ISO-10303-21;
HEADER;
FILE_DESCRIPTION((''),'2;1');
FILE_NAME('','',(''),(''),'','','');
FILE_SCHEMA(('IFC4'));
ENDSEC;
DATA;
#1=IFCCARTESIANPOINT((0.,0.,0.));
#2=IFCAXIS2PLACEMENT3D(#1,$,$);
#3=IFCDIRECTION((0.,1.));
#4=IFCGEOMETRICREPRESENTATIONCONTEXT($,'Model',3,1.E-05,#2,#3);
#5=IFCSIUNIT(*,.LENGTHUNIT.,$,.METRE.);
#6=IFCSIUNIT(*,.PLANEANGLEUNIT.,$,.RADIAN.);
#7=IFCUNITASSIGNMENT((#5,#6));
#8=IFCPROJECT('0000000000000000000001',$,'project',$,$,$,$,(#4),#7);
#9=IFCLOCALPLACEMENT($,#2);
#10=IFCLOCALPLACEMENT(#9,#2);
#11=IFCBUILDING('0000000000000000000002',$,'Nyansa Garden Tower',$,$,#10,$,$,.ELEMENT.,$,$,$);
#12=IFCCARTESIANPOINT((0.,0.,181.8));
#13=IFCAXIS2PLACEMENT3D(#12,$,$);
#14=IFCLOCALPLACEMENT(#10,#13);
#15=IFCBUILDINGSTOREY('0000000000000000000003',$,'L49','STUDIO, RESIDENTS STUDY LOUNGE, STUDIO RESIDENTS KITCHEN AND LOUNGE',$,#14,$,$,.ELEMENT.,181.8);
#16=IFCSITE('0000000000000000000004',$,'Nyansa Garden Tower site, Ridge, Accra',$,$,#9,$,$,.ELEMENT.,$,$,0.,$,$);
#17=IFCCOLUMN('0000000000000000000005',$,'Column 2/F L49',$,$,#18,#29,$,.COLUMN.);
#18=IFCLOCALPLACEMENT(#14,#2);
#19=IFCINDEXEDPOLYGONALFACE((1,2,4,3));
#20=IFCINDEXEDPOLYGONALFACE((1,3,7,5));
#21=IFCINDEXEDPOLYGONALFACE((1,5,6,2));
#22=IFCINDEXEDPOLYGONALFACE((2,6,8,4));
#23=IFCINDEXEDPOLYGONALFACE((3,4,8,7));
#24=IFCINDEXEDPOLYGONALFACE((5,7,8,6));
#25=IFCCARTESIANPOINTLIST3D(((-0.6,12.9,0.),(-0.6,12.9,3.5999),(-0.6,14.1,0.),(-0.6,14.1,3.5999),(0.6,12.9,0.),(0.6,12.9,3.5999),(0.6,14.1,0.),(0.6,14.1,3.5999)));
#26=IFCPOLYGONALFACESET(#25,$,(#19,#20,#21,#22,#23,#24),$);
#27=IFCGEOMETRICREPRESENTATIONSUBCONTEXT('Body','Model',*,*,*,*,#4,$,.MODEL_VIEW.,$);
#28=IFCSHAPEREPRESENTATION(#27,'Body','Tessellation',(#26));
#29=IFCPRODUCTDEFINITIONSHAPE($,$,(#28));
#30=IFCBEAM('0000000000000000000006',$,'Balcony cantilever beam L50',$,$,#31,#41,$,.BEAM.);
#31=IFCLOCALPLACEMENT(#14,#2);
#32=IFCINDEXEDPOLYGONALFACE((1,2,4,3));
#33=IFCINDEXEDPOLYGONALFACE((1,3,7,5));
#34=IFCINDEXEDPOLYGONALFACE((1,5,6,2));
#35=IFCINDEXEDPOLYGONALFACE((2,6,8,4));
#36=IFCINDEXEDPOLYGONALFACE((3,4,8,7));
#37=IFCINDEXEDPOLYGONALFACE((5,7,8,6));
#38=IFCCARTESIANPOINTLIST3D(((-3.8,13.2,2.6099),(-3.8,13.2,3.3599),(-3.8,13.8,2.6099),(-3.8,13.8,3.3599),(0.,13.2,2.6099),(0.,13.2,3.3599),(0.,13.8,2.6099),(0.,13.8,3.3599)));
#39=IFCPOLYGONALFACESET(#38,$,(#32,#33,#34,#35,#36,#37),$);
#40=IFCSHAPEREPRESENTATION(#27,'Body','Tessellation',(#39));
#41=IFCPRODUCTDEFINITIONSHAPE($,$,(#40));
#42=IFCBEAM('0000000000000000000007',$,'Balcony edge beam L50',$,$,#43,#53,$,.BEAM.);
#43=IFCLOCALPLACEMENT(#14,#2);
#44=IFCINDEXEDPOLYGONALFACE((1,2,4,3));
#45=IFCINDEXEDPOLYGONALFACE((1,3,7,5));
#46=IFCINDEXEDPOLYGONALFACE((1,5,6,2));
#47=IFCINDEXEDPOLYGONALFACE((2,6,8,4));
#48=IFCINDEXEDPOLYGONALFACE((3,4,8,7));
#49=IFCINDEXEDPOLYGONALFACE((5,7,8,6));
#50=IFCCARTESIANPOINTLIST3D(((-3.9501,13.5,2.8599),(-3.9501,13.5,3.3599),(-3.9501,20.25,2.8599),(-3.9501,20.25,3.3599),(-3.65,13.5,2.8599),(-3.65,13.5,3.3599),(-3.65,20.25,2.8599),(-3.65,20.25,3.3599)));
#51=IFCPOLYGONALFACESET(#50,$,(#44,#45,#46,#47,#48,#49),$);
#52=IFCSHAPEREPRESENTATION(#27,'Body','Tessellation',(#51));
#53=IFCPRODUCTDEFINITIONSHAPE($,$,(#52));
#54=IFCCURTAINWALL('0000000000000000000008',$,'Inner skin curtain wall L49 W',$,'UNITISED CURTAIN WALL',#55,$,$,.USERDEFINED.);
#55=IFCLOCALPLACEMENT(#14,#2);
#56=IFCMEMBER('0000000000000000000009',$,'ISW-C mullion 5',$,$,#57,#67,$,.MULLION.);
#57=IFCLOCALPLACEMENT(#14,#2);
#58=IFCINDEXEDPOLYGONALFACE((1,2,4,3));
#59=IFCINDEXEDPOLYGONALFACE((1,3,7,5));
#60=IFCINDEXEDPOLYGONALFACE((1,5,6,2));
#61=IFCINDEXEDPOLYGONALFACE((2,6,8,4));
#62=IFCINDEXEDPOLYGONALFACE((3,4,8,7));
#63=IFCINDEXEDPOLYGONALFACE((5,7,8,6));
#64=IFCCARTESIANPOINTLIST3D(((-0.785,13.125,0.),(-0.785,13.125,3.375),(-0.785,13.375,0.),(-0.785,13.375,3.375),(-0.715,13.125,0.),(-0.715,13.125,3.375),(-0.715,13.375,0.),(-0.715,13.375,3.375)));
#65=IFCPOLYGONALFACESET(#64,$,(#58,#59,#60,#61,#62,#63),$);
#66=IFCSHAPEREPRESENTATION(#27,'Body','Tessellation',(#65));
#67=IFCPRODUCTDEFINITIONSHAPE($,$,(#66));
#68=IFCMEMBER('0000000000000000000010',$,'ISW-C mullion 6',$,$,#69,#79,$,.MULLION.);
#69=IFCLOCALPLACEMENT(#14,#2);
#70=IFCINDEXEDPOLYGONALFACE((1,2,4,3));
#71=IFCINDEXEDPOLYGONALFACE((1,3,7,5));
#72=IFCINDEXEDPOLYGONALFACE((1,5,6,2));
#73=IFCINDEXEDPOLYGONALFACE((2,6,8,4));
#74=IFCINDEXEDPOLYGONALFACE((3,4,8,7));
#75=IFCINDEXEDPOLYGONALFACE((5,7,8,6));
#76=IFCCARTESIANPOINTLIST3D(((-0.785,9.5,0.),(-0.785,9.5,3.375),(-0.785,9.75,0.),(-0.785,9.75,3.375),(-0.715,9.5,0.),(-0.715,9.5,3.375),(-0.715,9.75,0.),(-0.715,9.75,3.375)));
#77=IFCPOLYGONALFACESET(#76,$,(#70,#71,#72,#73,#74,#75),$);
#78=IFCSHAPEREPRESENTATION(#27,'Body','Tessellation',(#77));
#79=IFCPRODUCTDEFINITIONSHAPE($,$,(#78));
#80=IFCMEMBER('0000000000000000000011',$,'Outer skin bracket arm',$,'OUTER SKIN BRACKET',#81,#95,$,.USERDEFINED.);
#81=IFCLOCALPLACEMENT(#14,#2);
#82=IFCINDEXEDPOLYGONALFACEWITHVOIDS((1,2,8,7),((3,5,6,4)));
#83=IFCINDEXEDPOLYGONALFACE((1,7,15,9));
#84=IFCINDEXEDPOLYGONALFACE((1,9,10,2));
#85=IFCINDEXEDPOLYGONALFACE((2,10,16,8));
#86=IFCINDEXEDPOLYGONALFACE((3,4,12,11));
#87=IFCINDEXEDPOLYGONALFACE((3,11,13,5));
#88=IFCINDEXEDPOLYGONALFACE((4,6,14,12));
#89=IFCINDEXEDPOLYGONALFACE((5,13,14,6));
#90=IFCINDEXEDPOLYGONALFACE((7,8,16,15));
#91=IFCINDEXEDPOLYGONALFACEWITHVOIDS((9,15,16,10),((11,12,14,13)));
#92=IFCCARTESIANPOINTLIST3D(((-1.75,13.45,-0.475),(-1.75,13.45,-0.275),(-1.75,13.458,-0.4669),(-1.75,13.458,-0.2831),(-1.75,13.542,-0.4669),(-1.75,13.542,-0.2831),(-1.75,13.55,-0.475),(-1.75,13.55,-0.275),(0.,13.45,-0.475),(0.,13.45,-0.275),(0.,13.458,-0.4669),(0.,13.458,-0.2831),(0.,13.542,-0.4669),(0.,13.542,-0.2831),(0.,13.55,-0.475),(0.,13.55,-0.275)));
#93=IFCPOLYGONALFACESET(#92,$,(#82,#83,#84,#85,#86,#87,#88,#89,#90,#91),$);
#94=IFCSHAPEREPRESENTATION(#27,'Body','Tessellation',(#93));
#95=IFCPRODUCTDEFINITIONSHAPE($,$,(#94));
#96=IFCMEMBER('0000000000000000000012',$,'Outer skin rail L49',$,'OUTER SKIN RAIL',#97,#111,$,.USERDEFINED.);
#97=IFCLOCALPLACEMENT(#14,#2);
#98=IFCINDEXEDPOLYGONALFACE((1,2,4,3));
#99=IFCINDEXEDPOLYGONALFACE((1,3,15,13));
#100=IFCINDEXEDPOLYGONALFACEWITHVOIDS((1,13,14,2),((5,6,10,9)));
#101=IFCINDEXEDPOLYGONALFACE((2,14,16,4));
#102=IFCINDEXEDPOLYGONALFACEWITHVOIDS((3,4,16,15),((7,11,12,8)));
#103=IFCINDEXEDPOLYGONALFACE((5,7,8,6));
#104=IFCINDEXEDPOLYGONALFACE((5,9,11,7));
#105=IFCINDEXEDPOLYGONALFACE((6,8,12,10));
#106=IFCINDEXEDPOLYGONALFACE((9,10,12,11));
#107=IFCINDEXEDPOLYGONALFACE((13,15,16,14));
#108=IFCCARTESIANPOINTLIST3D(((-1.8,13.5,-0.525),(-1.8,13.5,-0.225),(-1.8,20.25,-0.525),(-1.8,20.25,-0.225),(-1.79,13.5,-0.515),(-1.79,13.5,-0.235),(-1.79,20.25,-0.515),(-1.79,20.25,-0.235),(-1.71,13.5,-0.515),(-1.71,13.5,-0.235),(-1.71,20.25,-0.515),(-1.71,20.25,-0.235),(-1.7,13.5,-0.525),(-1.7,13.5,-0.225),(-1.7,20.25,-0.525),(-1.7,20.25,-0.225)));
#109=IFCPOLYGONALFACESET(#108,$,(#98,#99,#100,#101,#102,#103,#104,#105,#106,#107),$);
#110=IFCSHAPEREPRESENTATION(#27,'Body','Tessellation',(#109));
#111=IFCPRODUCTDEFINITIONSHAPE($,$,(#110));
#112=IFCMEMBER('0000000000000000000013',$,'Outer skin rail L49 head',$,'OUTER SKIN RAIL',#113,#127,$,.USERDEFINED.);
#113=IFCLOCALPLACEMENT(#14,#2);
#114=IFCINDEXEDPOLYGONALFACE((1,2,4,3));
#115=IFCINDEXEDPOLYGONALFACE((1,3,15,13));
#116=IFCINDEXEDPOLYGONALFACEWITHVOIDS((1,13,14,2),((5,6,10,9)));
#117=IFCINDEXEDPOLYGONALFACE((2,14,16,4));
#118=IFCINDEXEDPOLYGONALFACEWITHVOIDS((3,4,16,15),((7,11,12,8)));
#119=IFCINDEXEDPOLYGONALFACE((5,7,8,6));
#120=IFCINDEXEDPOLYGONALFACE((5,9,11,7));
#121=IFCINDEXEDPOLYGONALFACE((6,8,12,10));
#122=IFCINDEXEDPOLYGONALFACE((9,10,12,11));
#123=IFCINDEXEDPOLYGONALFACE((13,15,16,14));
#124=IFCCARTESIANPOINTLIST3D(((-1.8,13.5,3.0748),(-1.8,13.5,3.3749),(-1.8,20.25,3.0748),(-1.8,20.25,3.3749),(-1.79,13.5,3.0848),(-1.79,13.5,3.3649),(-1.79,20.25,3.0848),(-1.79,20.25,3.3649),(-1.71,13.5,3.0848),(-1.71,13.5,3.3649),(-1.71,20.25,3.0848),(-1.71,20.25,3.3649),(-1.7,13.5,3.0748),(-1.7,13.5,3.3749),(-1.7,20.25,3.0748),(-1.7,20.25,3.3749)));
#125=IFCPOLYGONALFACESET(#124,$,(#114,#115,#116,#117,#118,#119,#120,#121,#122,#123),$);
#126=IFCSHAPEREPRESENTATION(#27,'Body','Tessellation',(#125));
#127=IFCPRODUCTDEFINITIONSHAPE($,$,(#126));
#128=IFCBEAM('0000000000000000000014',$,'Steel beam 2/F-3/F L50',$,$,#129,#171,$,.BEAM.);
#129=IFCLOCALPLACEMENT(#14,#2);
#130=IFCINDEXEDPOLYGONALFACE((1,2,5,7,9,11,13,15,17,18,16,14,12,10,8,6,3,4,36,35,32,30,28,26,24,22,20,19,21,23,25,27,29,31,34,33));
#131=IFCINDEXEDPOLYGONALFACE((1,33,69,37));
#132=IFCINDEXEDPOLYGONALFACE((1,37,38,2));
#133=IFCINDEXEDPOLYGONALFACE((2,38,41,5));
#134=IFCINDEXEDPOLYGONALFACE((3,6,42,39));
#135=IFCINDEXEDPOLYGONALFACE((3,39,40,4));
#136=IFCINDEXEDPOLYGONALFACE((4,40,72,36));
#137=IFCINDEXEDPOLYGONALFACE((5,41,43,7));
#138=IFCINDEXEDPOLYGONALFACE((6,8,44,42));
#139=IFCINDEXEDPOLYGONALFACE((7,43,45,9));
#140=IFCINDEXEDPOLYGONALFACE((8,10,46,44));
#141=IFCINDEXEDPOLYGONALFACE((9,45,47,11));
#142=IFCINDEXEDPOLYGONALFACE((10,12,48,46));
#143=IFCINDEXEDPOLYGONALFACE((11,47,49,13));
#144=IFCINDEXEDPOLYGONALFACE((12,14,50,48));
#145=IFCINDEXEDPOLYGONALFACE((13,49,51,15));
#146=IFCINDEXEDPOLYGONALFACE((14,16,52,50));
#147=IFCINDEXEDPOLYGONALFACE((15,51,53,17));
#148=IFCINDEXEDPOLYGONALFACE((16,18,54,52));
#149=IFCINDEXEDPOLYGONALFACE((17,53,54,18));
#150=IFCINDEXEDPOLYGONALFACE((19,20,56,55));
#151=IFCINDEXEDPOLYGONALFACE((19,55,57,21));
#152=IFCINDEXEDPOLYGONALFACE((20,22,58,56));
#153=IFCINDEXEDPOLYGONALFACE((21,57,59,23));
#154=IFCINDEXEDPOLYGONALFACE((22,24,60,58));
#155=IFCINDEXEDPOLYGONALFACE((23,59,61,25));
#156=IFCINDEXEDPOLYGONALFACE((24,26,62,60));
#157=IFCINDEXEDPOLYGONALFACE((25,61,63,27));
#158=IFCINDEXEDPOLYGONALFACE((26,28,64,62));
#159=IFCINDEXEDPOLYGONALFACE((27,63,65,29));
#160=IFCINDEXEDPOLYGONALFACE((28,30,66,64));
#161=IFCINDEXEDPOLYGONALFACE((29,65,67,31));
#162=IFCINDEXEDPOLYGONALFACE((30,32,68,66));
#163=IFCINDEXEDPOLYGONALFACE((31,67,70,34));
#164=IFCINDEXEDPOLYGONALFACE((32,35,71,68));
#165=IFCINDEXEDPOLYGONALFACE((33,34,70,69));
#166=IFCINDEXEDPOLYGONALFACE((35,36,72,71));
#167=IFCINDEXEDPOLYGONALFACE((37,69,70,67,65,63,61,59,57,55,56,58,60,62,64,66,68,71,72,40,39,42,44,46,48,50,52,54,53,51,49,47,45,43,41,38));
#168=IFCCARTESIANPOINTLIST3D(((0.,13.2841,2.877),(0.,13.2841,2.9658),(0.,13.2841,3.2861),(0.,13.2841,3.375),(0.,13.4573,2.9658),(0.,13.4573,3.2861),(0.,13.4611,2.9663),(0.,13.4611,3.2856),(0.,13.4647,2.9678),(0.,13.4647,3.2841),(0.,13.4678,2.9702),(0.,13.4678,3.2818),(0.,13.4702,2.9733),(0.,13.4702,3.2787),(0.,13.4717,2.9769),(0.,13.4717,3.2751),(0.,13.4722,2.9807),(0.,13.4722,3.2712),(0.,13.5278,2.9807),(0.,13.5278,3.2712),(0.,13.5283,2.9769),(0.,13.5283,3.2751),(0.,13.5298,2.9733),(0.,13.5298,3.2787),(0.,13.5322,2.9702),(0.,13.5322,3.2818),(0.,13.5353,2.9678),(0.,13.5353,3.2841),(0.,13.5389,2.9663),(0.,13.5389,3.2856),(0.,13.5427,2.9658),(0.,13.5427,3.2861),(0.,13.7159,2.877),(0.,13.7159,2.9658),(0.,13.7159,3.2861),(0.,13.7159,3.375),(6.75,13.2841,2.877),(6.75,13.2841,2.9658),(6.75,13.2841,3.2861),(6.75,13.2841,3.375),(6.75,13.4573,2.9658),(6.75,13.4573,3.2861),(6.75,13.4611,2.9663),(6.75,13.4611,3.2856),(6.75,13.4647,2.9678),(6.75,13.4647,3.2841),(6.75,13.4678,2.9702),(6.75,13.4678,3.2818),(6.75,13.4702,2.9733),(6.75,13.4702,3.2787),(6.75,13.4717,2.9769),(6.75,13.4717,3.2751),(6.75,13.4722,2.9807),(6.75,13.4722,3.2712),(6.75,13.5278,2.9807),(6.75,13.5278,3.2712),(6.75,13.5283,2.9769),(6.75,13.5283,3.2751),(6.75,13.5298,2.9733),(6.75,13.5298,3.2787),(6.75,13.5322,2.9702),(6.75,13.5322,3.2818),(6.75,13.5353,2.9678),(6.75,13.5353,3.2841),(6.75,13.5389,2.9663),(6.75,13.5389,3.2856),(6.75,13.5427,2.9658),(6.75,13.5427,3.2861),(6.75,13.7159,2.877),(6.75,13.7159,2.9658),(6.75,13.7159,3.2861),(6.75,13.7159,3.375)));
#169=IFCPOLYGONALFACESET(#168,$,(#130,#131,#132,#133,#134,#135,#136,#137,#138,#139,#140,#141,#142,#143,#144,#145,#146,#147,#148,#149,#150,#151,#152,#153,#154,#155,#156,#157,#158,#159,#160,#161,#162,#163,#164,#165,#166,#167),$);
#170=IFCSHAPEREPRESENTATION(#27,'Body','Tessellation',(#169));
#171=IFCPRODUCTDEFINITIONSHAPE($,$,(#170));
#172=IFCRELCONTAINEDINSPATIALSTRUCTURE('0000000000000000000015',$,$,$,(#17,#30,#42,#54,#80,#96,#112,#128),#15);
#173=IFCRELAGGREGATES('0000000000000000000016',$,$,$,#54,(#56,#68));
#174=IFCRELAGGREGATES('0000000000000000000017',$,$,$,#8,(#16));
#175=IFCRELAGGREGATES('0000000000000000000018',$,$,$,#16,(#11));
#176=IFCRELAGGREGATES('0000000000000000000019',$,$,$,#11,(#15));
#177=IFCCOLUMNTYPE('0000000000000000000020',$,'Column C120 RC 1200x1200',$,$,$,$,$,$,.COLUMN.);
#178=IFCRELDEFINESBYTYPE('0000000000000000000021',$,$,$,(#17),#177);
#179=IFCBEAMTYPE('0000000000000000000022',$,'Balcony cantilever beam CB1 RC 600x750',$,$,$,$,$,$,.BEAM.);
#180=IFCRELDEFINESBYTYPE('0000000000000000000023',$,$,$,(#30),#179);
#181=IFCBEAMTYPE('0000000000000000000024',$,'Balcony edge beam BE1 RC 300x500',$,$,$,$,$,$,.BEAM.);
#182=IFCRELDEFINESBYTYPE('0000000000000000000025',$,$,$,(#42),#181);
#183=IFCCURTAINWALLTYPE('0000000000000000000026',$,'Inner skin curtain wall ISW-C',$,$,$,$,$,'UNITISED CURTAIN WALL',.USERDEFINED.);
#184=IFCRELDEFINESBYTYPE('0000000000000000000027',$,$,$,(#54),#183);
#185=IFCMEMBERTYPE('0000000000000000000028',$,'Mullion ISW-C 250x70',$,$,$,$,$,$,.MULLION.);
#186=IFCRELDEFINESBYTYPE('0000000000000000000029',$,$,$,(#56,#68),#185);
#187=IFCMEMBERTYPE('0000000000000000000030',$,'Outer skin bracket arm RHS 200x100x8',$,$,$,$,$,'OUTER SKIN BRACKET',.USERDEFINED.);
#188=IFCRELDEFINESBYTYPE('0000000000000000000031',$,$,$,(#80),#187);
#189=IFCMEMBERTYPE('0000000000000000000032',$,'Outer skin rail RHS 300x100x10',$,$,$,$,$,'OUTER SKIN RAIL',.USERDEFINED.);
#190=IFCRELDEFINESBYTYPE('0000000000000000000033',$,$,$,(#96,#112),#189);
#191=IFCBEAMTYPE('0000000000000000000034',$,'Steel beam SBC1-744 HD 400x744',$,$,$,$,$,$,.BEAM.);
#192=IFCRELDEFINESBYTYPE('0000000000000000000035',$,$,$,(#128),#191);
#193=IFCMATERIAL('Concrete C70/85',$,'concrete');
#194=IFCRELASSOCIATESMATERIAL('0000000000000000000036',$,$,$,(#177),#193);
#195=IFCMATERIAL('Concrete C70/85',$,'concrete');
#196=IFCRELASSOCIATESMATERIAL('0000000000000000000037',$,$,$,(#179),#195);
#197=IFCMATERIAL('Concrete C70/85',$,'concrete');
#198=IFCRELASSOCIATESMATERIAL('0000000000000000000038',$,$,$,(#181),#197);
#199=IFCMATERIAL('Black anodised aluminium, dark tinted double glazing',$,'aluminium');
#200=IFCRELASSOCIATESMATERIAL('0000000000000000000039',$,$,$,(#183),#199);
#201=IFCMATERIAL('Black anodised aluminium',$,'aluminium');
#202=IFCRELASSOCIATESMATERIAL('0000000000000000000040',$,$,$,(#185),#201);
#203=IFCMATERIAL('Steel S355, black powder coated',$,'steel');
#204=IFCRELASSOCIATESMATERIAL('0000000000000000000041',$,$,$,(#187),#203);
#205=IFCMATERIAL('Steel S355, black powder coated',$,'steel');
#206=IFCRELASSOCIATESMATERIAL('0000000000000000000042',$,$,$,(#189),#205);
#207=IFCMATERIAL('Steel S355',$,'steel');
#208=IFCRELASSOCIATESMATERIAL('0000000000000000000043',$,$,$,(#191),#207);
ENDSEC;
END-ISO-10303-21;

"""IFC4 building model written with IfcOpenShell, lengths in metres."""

from ifc_helpers import new_model, si_unit, direction, frame, origin, origin_2d, place, context, subcontext, project, spatial, rectangle, hollow_rectangle, i_section, extrude, material, material_profile, profile_set, type_object, element, aggregate, save


model = new_model("IFC4")

# Units and contexts
model_context = context("Model", 3, precision=1e-05, world=origin(), true_north=direction((0.0, 1.0)))
body_context = subcontext(model_context, "Body", "Model", "MODEL_VIEW")
ifc_project = project(units=[si_unit("LENGTHUNIT", "METRE"), si_unit("PLANEANGLEUNIT", "RADIAN")], contexts=[model_context])

# Site, building, storey
site_placement = place(None, origin())
site = spatial("IfcSite", under=ifc_project, at=site_placement, Name="Nyansa Garden Tower site, Ridge, Accra", CompositionType="ELEMENT", RefElevation=0.0)
building_placement = place(site_placement, origin())
building = spatial("IfcBuilding", under=site, at=building_placement, Name="Nyansa Garden Tower", CompositionType="ELEMENT")
storey_placement = place(building_placement, frame((0.0, 0.0, 181.8)))
storey = spatial("IfcBuildingStorey", under=building, at=storey_placement, Name="L49", Description="STUDIO, RESIDENTS STUDY LOUNGE, STUDIO RESIDENTS KITCHEN AND LOUNGE", CompositionType="ELEMENT", Elevation=181.8)

# Column
ifc_material_1 = material(Name="Concrete C70/85", Category="concrete")
ifc_material_profile_1 = material_profile(ifc_material_1, rectangle(XDim=1.2, YDim=1.2, at=origin_2d()), Name="RC 1200x1200")
ifc_profile_set_1 = profile_set([ifc_material_profile_1], Name="Concrete C70/85")
column_type = type_object("IfcColumnType", Name="Column C120 RC 1200x1200", PredefinedType="COLUMN", material=ifc_profile_set_1)
column_placement = place(storey_placement, frame((0.0, 13.5, 0.0), z_axis=(0.0, 0.0, 1.0), x_axis=(1.0, 0.0, 0.0)))
element("IfcColumn", 1, at=column_placement, inside=storey, type_object=column_type, Name="Column 2/F L49", PredefinedType="COLUMN", context=body_context, shape_type="SweptSolid", body=[
    extrude(rectangle(XDim=1.2, YDim=1.2, at=origin_2d()), origin(), (0.0, 0.0, 1.0), 3.5999),
])

# Beams
ifc_material_2 = material(Name="Concrete C70/85", Category="concrete")
ifc_material_profile_2 = material_profile(ifc_material_2, rectangle(XDim=0.6001, YDim=0.75, at=origin_2d()), Name="RC 600x750")
ifc_profile_set_2 = profile_set([ifc_material_profile_2], Name="Concrete C70/85")
beam_type_1 = type_object("IfcBeamType", Name="Balcony cantilever beam CB1 RC 600x750", PredefinedType="BEAM", material=ifc_profile_set_2)
beam_1_placement = place(storey_placement, frame((0.0, 13.5, 2.9849), z_axis=(-1.0, 0.0, 0.0), x_axis=(0.0, -1.0, 0.0)))
element("IfcBeam", 2, at=beam_1_placement, inside=storey, type_object=beam_type_1, Name="Balcony cantilever beam L50", PredefinedType="BEAM", context=body_context, shape_type="SweptSolid", body=[
    extrude(rectangle(XDim=0.6001, YDim=0.75, at=origin_2d()), origin(), (0.0, 0.0, 1.0), 3.8),
])
ifc_material_3 = material(Name="Concrete C70/85", Category="concrete")
ifc_material_profile_3 = material_profile(ifc_material_3, rectangle(XDim=0.3, YDim=0.5, at=origin_2d()), Name="RC 300x500")
ifc_profile_set_3 = profile_set([ifc_material_profile_3], Name="Concrete C70/85")
beam_type_2 = type_object("IfcBeamType", Name="Balcony edge beam BE1 RC 300x500", PredefinedType="BEAM", material=ifc_profile_set_3)
beam_2_placement = place(storey_placement, frame((-3.8, 13.5, 3.1099), z_axis=(0.0, 1.0, 0.0), x_axis=(-1.0, 0.0, 0.0)))
element("IfcBeam", 3, at=beam_2_placement, inside=storey, type_object=beam_type_2, Name="Balcony edge beam L50", PredefinedType="BEAM", context=body_context, shape_type="SweptSolid", body=[
    extrude(rectangle(XDim=0.3, YDim=0.5, at=origin_2d()), origin(), (0.0, 0.0, 1.0), 6.75),
])

# Curtain wall, members
ifc_material_4 = material(Name="Black anodised aluminium, dark tinted double glazing", Category="aluminium")
curtain_wall_type = type_object("IfcCurtainWallType", Name="Inner skin curtain wall ISW-C", ElementType="UNITISED CURTAIN WALL", PredefinedType="USERDEFINED", material=ifc_material_4)
curtain_wall_placement = place(storey_placement, origin())
curtain_wall = element("IfcCurtainWall", 4, at=curtain_wall_placement, inside=storey, type_object=curtain_wall_type, Name="Inner skin curtain wall L49 W", ObjectType="UNITISED CURTAIN WALL", PredefinedType="USERDEFINED")
ifc_material_5 = material(Name="Black anodised aluminium", Category="aluminium")
ifc_material_profile_4 = material_profile(ifc_material_5, rectangle(XDim=0.0701, YDim=0.25, at=origin_2d()), Name="Mullion 250x70")
ifc_profile_set_4 = profile_set([ifc_material_profile_4], Name="Black anodised aluminium")
member_type_1 = type_object("IfcMemberType", Name="Mullion ISW-C 250x70", PredefinedType="MULLION", material=ifc_profile_set_4)
member_1_placement = place(storey_placement, frame((-0.75, 13.25, 0.0), z_axis=(0.0, 0.0, 1.0), x_axis=(1.0, 0.0, 0.0)))
member_1 = element("IfcMember", 5, at=member_1_placement, type_object=member_type_1, Name="ISW-C mullion 5", PredefinedType="MULLION", context=body_context, shape_type="SweptSolid", body=[
    extrude(rectangle(XDim=0.0701, YDim=0.25, at=origin_2d()), origin(), (0.0, 0.0, 1.0), 3.375),
])
member_2_placement = place(storey_placement, frame((-0.75, 9.625, 0.0), z_axis=(0.0, 0.0, 1.0), x_axis=(1.0, 0.0, 0.0)))
member_2 = element("IfcMember", 6, at=member_2_placement, type_object=member_type_1, Name="ISW-C mullion 6", PredefinedType="MULLION", context=body_context, shape_type="SweptSolid", body=[
    extrude(rectangle(XDim=0.0701, YDim=0.25, at=origin_2d()), origin(), (0.0, 0.0, 1.0), 3.375),
])

# Members
ifc_material_6 = material(Name="Steel S355, black powder coated", Category="steel")
ifc_material_profile_5 = material_profile(ifc_material_6, hollow_rectangle(XDim=0.1001, YDim=0.2, WallThickness=0.0081, at=origin_2d()), Name="RHS 200x100x8")
ifc_profile_set_5 = profile_set([ifc_material_profile_5], Name="Steel S355, black powder coated")
member_type_2 = type_object("IfcMemberType", Name="Outer skin bracket arm RHS 200x100x8", ElementType="OUTER SKIN BRACKET", PredefinedType="USERDEFINED", material=ifc_profile_set_5)
member_3_placement = place(storey_placement, frame((0.0, 13.5, -0.375), z_axis=(-1.0, 0.0, 0.0), x_axis=(0.0, -1.0, 0.0)))
element("IfcMember", 7, at=member_3_placement, inside=storey, type_object=member_type_2, Name="Outer skin bracket arm", ObjectType="OUTER SKIN BRACKET", PredefinedType="USERDEFINED", context=body_context, shape_type="SweptSolid", body=[
    extrude(hollow_rectangle(XDim=0.1001, YDim=0.2, WallThickness=0.0081, at=origin_2d()), origin(), (0.0, 0.0, 1.0), 1.75),
])
ifc_material_7 = material(Name="Steel S355, black powder coated", Category="steel")
ifc_material_profile_6 = material_profile(ifc_material_7, hollow_rectangle(XDim=0.1001, YDim=0.3, WallThickness=0.01, at=origin_2d()), Name="RHS 300x100x10")
ifc_profile_set_6 = profile_set([ifc_material_profile_6], Name="Steel S355, black powder coated")
member_type_3 = type_object("IfcMemberType", Name="Outer skin rail RHS 300x100x10", ElementType="OUTER SKIN RAIL", PredefinedType="USERDEFINED", material=ifc_profile_set_6)
for number, where, z_axis, x_axis, name in (
    (8, (-1.75, 13.5, -0.375), (0.0, 1.0, 0.0), (-1.0, 0.0, 0.0), "Outer skin rail L49"),
    (9, (-1.75, 13.5, 3.2249), (0.0, 1.0, 0.0), (-1.0, 0.0, 0.0), "Outer skin rail L49 head"),
):
    element("IfcMember", number, at=place(storey_placement, frame(where, z_axis=z_axis, x_axis=x_axis)), inside=storey, type_object=member_type_3, Name=name, ObjectType="OUTER SKIN RAIL", PredefinedType="USERDEFINED", context=body_context, shape_type="SweptSolid", body=[
        extrude(hollow_rectangle(XDim=0.1001, YDim=0.3, WallThickness=0.01, at=origin_2d()), origin(), (0.0, 0.0, 1.0), 6.75),
    ])

# Beam
ifc_material_8 = material(Name="Steel S355", Category="steel")
ifc_material_profile_7 = material_profile(ifc_material_8, i_section(OverallWidth=0.4319, OverallDepth=0.498, WebThickness=0.0557, FlangeThickness=0.0889, FilletRadius=0.0149, at=origin_2d()), Name="HD 400x744")
ifc_profile_set_7 = profile_set([ifc_material_profile_7], Name="Steel S355")
beam_type_3 = type_object("IfcBeamType", Name="Steel beam SBC1-744 HD 400x744", PredefinedType="BEAM", material=ifc_profile_set_7)
beam_3_placement = place(storey_placement, frame((0.0, 13.5, 3.126), z_axis=(1.0, 0.0, 0.0), x_axis=(0.0, 1.0, 0.0)))
element("IfcBeam", 10, at=beam_3_placement, inside=storey, type_object=beam_type_3, Name="Steel beam 2/F-3/F L50", PredefinedType="BEAM", context=body_context, shape_type="SweptSolid", body=[
    extrude(i_section(OverallWidth=0.4319, OverallDepth=0.498, WebThickness=0.0557, FlangeThickness=0.0889, FilletRadius=0.0149, at=origin_2d()), origin(), (0.0, 0.0, 1.0), 6.75),
])

aggregate(curtain_wall, [member_1, member_2])

save(model, "model.ifc")
